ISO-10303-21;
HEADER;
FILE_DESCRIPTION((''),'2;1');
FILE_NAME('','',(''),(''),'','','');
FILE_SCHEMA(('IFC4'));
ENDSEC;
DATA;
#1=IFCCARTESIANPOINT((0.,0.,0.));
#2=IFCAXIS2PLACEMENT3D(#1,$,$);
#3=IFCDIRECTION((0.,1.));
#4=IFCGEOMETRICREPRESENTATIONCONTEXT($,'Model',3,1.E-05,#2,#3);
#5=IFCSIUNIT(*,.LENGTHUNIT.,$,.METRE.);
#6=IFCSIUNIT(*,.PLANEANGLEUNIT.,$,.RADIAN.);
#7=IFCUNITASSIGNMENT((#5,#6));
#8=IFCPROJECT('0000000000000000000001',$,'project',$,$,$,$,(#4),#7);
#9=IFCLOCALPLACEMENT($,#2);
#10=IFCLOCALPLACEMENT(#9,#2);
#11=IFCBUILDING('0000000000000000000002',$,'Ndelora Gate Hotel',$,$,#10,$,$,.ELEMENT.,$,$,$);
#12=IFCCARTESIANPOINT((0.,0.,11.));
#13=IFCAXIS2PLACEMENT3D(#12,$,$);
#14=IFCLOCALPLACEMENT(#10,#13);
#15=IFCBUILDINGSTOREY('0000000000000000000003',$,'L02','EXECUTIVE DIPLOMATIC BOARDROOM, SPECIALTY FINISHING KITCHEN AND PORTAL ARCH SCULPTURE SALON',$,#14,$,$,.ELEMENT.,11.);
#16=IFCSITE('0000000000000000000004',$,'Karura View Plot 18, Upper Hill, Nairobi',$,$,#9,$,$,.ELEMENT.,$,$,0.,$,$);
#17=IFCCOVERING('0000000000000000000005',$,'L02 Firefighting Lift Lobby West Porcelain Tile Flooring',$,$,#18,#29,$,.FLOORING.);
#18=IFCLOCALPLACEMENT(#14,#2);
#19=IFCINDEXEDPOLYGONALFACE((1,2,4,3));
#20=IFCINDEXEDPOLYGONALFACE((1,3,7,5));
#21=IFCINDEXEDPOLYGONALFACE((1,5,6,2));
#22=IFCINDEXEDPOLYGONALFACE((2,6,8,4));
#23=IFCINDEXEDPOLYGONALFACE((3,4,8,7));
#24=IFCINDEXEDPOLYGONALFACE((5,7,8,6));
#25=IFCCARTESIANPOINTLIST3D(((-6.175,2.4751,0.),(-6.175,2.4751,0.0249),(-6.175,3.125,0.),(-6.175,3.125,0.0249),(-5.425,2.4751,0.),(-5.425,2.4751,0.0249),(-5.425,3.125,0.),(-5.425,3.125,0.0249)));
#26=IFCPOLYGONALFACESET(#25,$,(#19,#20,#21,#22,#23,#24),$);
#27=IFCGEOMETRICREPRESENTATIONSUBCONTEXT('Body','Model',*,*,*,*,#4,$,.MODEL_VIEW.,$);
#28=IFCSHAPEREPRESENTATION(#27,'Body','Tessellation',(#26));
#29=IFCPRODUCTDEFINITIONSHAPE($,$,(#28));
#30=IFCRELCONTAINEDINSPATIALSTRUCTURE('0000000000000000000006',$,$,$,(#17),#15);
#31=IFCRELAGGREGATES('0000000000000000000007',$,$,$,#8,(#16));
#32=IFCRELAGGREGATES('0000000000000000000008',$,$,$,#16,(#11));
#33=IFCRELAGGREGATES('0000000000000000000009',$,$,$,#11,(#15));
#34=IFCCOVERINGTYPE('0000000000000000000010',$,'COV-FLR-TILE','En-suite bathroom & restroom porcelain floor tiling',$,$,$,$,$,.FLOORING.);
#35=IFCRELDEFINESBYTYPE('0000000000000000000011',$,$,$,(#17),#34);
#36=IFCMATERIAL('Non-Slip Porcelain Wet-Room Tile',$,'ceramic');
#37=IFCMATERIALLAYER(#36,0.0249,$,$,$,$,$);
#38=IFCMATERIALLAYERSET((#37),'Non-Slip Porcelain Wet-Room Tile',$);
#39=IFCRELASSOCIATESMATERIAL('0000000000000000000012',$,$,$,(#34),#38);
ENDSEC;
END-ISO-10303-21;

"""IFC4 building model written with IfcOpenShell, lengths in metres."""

from ifc_helpers import new_model, si_unit, direction, frame, origin, origin_2d, place, context, subcontext, project, spatial, rectangle, extrude, material, layer, layer_set, type_object, element, save


model = new_model("IFC4")

# Units and contexts
model_context = context("Model", 3, precision=1e-05, world=origin(), true_north=direction((0.0, 1.0)))
body_context = subcontext(model_context, "Body", "Model", "MODEL_VIEW")
ifc_project = project(units=[si_unit("LENGTHUNIT", "METRE"), si_unit("PLANEANGLEUNIT", "RADIAN")], contexts=[model_context])

# Site, building, storey
site_placement = place(None, origin())
site = spatial("IfcSite", under=ifc_project, at=site_placement, Name="Karura View Plot 18, Upper Hill, Nairobi", CompositionType="ELEMENT", RefElevation=0.0)
building_placement = place(site_placement, origin())
building = spatial("IfcBuilding", under=site, at=building_placement, Name="Ndelora Gate Hotel", CompositionType="ELEMENT")
storey_placement = place(building_placement, frame((0.0, 0.0, 11.0)))
storey = spatial("IfcBuildingStorey", under=building, at=storey_placement, Name="L02", Description="EXECUTIVE DIPLOMATIC BOARDROOM, SPECIALTY FINISHING KITCHEN AND PORTAL ARCH SCULPTURE SALON", CompositionType="ELEMENT", Elevation=11.0)

# Covering
ifc_material_1 = material(Name="Non-Slip Porcelain Wet-Room Tile", Category="ceramic")
ifc_layer_1 = layer(ifc_material_1, 0.0249)
ifc_layer_set_1 = layer_set([ifc_layer_1], Name="Non-Slip Porcelain Wet-Room Tile")
covering_type = type_object("IfcCoveringType", Name="COV-FLR-TILE", Description="En-suite bathroom & restroom porcelain floor tiling", PredefinedType="FLOORING", material=ifc_layer_set_1)
covering_placement = place(storey_placement, frame((-5.8, 2.8, 0.0), z_axis=(0.0, 0.0, 1.0), x_axis=(1.0, 0.0, 0.0)))
element("IfcCovering", 1, at=covering_placement, inside=storey, type_object=covering_type, Name="L02 Firefighting Lift Lobby West Porcelain Tile Flooring", PredefinedType="FLOORING", context=body_context, shape_type="SweptSolid", body=[
    extrude(rectangle(XDim=0.75, YDim=0.6499, at=origin_2d()), origin(), (0.0, 0.0, 1.0), 0.0249),
])

save(model, "model.ifc")
